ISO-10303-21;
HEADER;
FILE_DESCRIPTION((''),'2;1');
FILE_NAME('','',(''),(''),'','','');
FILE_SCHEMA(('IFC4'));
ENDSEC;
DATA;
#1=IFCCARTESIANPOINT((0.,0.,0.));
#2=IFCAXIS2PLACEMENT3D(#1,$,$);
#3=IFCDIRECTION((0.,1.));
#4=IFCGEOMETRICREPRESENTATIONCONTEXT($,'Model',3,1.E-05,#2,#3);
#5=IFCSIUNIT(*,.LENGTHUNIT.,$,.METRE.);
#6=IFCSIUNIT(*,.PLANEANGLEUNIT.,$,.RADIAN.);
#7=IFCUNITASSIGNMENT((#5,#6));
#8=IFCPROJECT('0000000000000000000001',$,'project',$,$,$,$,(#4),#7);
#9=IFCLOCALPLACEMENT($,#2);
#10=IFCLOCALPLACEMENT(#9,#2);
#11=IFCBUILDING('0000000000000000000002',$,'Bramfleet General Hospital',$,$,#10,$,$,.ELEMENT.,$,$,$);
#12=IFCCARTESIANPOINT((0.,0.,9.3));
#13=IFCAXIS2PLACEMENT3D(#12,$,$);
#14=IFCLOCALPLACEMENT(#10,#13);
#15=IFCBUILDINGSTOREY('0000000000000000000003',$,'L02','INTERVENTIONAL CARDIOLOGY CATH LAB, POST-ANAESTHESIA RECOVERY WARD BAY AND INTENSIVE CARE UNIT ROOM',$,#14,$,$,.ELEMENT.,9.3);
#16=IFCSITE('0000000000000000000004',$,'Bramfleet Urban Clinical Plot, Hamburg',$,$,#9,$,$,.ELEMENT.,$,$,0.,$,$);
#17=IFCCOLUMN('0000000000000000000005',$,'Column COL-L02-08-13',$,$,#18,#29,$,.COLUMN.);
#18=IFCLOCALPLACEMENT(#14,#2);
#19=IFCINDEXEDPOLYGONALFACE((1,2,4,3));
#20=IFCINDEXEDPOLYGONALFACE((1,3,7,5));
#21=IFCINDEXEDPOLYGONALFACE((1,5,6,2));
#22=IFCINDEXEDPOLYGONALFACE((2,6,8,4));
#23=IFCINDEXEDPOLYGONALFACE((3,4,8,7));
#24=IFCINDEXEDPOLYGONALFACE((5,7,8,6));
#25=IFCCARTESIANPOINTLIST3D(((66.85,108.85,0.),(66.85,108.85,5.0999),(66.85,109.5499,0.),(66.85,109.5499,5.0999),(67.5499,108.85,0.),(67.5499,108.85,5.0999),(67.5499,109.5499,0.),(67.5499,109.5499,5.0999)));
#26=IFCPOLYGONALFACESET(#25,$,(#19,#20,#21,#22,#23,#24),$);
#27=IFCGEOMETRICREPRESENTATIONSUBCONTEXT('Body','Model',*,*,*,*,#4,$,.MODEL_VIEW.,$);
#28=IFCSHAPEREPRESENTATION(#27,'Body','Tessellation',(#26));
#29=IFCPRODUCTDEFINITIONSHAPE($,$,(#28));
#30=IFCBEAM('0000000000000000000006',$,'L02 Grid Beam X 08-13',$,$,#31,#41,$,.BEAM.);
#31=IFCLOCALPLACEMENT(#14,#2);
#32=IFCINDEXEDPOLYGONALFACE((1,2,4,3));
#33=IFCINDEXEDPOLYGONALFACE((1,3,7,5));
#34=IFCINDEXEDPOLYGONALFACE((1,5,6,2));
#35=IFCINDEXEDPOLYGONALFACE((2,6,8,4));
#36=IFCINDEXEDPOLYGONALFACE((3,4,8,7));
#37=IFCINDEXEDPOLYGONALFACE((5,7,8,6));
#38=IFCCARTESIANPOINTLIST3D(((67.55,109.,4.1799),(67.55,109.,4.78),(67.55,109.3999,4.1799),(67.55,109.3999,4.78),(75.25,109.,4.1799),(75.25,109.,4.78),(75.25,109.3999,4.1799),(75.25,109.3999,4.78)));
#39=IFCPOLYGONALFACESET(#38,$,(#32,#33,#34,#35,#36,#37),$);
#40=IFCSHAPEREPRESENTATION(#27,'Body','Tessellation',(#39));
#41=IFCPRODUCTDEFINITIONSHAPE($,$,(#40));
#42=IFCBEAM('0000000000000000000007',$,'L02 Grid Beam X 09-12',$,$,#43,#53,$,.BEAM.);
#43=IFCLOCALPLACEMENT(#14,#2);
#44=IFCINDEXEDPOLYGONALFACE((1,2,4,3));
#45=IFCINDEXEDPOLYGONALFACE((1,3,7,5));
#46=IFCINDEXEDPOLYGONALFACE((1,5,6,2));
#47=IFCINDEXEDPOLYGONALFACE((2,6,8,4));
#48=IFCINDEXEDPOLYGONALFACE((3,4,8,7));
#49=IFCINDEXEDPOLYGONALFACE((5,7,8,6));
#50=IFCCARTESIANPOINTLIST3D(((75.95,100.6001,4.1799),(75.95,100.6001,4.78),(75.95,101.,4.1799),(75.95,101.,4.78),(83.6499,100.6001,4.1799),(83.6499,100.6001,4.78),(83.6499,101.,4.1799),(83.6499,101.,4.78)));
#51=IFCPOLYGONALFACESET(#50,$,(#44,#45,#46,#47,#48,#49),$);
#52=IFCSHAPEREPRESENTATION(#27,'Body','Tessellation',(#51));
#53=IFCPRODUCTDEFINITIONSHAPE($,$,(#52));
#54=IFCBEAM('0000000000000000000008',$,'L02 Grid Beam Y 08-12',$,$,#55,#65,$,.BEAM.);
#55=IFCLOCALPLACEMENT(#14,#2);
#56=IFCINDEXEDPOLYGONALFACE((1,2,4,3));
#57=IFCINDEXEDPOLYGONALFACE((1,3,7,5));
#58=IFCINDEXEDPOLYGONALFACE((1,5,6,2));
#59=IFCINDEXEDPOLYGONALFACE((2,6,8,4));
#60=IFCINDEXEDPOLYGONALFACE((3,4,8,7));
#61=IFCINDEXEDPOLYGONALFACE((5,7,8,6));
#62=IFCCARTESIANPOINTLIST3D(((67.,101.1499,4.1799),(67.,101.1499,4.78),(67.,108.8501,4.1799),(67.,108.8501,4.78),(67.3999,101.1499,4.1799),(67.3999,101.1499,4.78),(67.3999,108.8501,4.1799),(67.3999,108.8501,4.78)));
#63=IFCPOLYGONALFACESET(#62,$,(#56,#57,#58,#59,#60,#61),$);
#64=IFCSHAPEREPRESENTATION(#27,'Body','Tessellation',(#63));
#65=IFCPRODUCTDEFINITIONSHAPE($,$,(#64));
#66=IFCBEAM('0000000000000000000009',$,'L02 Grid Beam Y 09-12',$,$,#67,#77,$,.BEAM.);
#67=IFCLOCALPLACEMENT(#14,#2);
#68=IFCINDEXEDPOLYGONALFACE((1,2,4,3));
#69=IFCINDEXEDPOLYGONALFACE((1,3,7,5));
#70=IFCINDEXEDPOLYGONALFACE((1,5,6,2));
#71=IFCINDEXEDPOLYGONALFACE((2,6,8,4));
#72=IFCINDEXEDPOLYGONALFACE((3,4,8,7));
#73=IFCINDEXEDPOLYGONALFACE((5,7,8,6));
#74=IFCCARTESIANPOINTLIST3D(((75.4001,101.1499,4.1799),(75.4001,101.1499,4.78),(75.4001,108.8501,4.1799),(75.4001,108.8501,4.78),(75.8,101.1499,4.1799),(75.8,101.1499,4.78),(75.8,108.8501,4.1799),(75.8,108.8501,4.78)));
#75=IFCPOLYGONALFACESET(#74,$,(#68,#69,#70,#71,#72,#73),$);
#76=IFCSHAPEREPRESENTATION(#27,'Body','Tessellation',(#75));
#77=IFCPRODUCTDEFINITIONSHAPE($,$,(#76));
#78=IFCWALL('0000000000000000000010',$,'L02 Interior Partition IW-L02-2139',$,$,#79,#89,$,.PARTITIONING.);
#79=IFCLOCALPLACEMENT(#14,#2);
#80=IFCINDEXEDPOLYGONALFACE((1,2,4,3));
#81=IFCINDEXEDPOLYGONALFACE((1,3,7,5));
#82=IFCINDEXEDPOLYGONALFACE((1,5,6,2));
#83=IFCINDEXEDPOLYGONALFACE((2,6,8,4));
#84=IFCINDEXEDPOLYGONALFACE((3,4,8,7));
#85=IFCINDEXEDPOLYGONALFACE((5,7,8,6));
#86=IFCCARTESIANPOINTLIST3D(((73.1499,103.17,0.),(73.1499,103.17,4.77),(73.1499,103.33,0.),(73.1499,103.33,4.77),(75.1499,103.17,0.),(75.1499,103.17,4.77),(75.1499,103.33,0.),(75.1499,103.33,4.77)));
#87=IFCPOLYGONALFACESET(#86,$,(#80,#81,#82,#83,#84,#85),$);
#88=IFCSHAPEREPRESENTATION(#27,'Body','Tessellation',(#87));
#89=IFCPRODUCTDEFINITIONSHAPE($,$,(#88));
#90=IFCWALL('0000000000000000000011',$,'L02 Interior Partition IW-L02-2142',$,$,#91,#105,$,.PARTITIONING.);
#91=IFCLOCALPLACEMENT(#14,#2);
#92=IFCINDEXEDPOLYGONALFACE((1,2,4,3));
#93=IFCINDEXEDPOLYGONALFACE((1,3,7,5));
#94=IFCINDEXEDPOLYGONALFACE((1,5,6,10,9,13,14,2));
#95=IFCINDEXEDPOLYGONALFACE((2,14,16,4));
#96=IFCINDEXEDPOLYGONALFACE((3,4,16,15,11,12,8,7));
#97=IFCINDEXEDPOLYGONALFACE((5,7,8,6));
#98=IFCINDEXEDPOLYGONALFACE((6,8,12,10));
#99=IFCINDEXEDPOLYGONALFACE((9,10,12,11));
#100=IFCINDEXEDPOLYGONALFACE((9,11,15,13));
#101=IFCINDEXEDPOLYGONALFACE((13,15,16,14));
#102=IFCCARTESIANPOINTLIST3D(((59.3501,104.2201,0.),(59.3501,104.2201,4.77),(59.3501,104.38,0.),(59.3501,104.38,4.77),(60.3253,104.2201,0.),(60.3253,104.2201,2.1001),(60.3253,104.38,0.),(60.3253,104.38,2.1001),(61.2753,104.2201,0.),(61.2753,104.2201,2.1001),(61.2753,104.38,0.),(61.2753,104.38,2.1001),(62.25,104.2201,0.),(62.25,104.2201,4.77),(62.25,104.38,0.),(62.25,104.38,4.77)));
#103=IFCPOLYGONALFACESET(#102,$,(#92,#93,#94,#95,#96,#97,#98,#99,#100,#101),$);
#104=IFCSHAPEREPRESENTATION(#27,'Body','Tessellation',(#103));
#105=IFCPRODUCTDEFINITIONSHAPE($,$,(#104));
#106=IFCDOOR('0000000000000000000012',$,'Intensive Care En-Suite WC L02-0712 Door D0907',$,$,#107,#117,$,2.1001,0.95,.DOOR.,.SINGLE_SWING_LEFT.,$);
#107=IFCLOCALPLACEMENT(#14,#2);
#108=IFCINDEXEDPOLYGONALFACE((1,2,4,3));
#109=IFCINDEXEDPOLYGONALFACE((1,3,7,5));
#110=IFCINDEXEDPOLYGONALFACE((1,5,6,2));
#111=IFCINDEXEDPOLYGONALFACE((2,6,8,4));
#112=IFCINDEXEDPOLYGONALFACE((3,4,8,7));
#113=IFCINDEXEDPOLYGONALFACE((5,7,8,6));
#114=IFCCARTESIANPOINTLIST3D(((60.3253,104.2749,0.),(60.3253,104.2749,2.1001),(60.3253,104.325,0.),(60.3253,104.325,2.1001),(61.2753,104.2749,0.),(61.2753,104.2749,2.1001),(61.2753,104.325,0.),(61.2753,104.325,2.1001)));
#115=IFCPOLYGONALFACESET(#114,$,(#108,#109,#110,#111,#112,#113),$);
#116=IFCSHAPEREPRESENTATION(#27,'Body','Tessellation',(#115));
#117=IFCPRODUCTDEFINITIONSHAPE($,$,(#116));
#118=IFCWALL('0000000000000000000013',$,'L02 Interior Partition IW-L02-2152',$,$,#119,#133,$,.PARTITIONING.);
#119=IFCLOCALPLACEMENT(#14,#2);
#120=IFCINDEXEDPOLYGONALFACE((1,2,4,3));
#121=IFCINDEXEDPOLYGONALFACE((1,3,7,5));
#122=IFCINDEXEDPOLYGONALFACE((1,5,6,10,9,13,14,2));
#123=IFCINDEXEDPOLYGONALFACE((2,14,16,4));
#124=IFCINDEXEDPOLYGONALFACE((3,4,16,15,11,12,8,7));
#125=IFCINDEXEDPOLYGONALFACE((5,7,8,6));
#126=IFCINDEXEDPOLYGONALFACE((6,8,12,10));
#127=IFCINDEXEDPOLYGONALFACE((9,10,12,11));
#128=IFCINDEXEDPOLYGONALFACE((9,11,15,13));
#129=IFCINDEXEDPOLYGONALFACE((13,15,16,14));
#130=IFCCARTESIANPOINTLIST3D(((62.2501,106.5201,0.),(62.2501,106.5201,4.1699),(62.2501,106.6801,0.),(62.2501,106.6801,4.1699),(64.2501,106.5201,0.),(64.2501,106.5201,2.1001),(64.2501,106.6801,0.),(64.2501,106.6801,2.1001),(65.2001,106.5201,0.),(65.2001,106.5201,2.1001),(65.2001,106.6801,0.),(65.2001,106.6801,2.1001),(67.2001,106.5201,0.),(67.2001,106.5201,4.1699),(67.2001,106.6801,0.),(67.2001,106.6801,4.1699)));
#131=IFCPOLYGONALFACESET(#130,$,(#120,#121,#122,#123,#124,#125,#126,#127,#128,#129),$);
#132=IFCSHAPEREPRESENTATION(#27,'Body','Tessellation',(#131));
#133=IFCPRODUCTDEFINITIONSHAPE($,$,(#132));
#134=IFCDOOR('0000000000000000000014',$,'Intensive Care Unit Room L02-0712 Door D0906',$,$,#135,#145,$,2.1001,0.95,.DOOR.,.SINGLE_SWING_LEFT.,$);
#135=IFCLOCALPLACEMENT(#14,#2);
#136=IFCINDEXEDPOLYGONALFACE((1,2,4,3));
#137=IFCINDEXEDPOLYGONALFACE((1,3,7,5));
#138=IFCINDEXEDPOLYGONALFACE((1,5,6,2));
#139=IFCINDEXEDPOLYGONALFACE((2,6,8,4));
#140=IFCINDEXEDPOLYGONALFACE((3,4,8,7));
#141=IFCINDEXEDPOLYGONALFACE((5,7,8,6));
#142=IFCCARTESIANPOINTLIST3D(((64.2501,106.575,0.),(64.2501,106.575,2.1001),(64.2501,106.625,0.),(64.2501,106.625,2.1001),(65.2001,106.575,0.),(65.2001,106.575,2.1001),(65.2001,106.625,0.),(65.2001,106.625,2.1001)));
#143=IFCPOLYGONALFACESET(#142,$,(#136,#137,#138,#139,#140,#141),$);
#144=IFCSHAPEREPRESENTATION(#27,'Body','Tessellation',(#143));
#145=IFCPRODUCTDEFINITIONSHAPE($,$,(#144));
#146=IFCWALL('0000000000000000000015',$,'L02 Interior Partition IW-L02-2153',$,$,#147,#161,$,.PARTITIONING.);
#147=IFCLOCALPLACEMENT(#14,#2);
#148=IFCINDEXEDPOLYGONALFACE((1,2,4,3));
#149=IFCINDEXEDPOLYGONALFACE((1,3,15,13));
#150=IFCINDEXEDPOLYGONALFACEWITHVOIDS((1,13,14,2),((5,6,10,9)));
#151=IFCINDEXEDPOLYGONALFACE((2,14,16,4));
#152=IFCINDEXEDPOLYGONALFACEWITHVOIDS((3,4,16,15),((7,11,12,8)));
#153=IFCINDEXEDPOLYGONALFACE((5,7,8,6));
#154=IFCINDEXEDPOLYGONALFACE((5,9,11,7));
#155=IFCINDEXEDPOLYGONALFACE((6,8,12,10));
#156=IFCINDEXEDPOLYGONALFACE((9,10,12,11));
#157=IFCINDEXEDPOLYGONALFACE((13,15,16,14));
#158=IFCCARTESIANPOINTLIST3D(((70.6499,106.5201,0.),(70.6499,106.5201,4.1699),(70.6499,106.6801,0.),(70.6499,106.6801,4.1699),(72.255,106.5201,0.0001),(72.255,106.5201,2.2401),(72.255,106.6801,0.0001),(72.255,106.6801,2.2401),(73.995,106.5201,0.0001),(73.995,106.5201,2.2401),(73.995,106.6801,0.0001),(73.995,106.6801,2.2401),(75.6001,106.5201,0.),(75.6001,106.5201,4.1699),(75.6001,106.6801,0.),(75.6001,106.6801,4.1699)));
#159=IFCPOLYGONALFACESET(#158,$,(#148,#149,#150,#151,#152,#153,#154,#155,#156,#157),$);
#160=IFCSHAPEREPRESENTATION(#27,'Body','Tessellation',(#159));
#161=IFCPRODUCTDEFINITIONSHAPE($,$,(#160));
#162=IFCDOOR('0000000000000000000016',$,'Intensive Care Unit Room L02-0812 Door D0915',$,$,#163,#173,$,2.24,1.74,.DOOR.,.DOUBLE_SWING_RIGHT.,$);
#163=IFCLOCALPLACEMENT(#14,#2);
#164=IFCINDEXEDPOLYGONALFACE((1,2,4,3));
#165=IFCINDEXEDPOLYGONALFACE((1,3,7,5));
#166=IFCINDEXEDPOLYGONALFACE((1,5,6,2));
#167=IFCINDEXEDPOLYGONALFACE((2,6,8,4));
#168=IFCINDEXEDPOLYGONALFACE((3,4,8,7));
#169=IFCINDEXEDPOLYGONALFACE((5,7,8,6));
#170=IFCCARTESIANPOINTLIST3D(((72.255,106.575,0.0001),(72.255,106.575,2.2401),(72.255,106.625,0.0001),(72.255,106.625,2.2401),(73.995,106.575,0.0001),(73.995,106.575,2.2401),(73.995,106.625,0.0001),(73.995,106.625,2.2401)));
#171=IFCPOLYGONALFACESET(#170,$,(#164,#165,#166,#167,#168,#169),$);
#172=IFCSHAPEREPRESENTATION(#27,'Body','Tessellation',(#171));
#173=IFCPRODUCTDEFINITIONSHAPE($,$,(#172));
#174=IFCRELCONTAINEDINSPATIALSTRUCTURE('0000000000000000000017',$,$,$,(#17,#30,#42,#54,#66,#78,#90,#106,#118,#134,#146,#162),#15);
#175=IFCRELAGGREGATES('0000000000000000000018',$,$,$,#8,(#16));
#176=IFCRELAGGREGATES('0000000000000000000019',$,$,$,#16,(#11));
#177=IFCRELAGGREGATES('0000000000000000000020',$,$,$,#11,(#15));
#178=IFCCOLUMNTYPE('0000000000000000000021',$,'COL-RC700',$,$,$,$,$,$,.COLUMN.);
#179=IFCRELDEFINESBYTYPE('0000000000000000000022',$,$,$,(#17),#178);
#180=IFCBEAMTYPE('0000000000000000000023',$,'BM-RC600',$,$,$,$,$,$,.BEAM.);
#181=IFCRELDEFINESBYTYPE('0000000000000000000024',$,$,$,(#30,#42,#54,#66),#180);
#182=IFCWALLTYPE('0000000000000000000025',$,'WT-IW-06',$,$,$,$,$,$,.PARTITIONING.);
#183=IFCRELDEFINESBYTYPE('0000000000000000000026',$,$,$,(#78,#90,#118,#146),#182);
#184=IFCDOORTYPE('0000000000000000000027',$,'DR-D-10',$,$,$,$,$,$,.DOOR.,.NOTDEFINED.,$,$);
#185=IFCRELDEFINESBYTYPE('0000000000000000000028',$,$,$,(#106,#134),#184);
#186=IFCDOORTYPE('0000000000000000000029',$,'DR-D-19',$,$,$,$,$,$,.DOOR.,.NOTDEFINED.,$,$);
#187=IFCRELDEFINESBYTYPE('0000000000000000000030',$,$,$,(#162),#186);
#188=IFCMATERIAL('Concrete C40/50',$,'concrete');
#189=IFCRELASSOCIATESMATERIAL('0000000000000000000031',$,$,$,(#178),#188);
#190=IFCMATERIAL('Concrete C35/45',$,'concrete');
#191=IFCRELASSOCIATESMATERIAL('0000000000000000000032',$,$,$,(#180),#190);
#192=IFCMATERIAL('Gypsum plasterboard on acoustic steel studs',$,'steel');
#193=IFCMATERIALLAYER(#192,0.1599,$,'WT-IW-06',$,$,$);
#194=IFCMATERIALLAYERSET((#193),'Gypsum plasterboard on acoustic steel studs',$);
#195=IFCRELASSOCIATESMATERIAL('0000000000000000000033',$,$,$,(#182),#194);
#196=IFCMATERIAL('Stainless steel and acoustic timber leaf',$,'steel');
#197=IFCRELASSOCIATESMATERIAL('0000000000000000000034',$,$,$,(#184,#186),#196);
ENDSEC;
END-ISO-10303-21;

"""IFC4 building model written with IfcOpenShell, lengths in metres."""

from ifc_helpers import new_model, si_unit, direction, frame, frame_2d, origin, origin_2d, place, context, subcontext, project, spatial, rectangle, extrude, material, layer, layer_set, material_profile, profile_set, type_object, element, fill, save


model = new_model("IFC4")

# Units and contexts
model_context = context("Model", 3, precision=1e-05, world=origin(), true_north=direction((0.0, 1.0)))
body_context = subcontext(model_context, "Body", "Model", "MODEL_VIEW")
ifc_project = project(units=[si_unit("LENGTHUNIT", "METRE"), si_unit("PLANEANGLEUNIT", "RADIAN")], contexts=[model_context])

# Site, building, storey
site_placement = place(None, origin())
site = spatial("IfcSite", under=ifc_project, at=site_placement, Name="Bramfleet Urban Clinical Plot, Hamburg", CompositionType="ELEMENT", RefElevation=0.0)
building_placement = place(site_placement, origin())
building = spatial("IfcBuilding", under=site, at=building_placement, Name="Bramfleet General Hospital", CompositionType="ELEMENT")
storey_placement = place(building_placement, frame((0.0, 0.0, 9.3)))
storey = spatial("IfcBuildingStorey", under=building, at=storey_placement, Name="L02", Description="INTERVENTIONAL CARDIOLOGY CATH LAB, POST-ANAESTHESIA RECOVERY WARD BAY AND INTENSIVE CARE UNIT ROOM", CompositionType="ELEMENT", Elevation=9.3)

# Column
ifc_material_1 = material(Name="Concrete C40/50", Category="concrete")
ifc_material_profile_1 = material_profile(ifc_material_1, rectangle(XDim=0.7, YDim=0.7, at=origin_2d()), Name="RC COL 700x700")
ifc_profile_set_1 = profile_set([ifc_material_profile_1], Name="Concrete C40/50")
column_type = type_object("IfcColumnType", Name="COL-RC700", PredefinedType="COLUMN", material=ifc_profile_set_1)
column_placement = place(storey_placement, frame((67.2, 109.2, 0.0), z_axis=(0.0, 0.0, 1.0), x_axis=(1.0, 0.0, 0.0)))
element("IfcColumn", 1, at=column_placement, inside=storey, type_object=column_type, Name="Column COL-L02-08-13", PredefinedType="COLUMN", context=body_context, shape_type="SweptSolid", body=[
    extrude(rectangle(XDim=0.7, YDim=0.7, at=origin_2d()), origin(), (0.0, 0.0, 1.0), 5.0999),
])

# Beams
ifc_material_2 = material(Name="Concrete C35/45", Category="concrete")
ifc_material_profile_2 = material_profile(ifc_material_2, rectangle(XDim=0.3999, YDim=0.6001, at=origin_2d()), Name="RC BM 600x400")
ifc_profile_set_2 = profile_set([ifc_material_profile_2], Name="Concrete C35/45")
beam_type = type_object("IfcBeamType", Name="BM-RC600", PredefinedType="BEAM", material=ifc_profile_set_2)
for number, where, z_axis, x_axis, name in (
    (2, (67.55, 109.2, 4.48), (1.0, 0.0, 0.0), (0.0, 1.0, 0.0), "L02 Grid Beam X 08-13"),
    (3, (75.95, 100.8, 4.48), (1.0, 0.0, 0.0), (0.0, 1.0, 0.0), "L02 Grid Beam X 09-12"),
):
    element("IfcBeam", number, at=place(storey_placement, frame(where, z_axis=z_axis, x_axis=x_axis)), inside=storey, type_object=beam_type, Name=name, PredefinedType="BEAM", context=body_context, shape_type="SweptSolid", body=[
        extrude(rectangle(XDim=0.3999, YDim=0.6001, at=origin_2d()), origin(), (0.0, 0.0, 1.0), 7.7),
    ])
for number, where, z_axis, x_axis, name in (
    (4, (67.2, 101.1499, 4.48), (0.0, 1.0, 0.0), (-1.0, 0.0, 0.0), "L02 Grid Beam Y 08-12"),
    (5, (75.6001, 101.1499, 4.48), (0.0, 1.0, 0.0), (-1.0, 0.0, 0.0), "L02 Grid Beam Y 09-12"),
):
    element("IfcBeam", number, at=place(storey_placement, frame(where, z_axis=z_axis, x_axis=x_axis)), inside=storey, type_object=beam_type, Name=name, PredefinedType="BEAM", context=body_context, shape_type="SweptSolid", body=[
        extrude(rectangle(XDim=0.3999, YDim=0.6001, at=origin_2d()), origin(), (0.0, 0.0, 1.0), 7.7002),
    ])

# Wall
ifc_material_3 = material(Name="Gypsum plasterboard on acoustic steel studs", Category="steel")
ifc_layer_1 = layer(ifc_material_3, 0.1599, Name="WT-IW-06")
ifc_layer_set_1 = layer_set([ifc_layer_1], Name="Gypsum plasterboard on acoustic steel studs")
wall_type_1 = type_object("IfcWallType", Name="WT-IW-06", PredefinedType="PARTITIONING", material=ifc_layer_set_1)
wall_1_placement = place(storey_placement, frame((73.1499, 103.25, 0.0), z_axis=(0.0, 0.0, 1.0), x_axis=(1.0, 0.0, 0.0)))
element("IfcWall", 6, at=wall_1_placement, inside=storey, type_object=wall_type_1, Name="L02 Interior Partition IW-L02-2139", PredefinedType="PARTITIONING", context=body_context, shape_type="SweptSolid", body=[
    extrude(rectangle(XDim=2.0, YDim=0.1599, at=frame_2d((1.0, 0.0))), origin(), (0.0, 0.0, 1.0), 4.77),
])

# Walls, openings, doors
wall_2_placement = place(storey_placement, frame((59.3501, 104.3, 0.0), z_axis=(0.0, 0.0, 1.0), x_axis=(1.0, 0.0, 0.0)))
wall_2 = element("IfcWall", 7, at=wall_2_placement, inside=storey, type_object=wall_type_1, Name="L02 Interior Partition IW-L02-2142", PredefinedType="PARTITIONING", context=body_context, shape_type="SweptSolid", body=[
    extrude(rectangle(XDim=2.8999, YDim=0.1599, at=frame_2d((1.45, 0.0))), origin(), (0.0, 0.0, 1.0), 4.77),
])
opening_1_placement = place(wall_2_placement, frame((0.9751, 0.0, 0.0)))
opening_1 = element("IfcOpeningElement", 8, at=opening_1_placement, cuts=wall_2, PredefinedType="OPENING", context=body_context, shape_type="SweptSolid", body=[
    extrude(rectangle(XDim=0.95, YDim=2.1001, at=frame_2d((0.4751, 1.05))), frame((0.0, 0.0898, 0.0), z_axis=(0.0, -1.0, 0.0), x_axis=(1.0, 0.0, 0.0)), (0.0, 0.0, 1.0), 0.1799),
])
ifc_material_4 = material(Name="Stainless steel and acoustic timber leaf", Category="steel")
door_type_1 = type_object("IfcDoorType", Name="DR-D-10", OperationType="NOTDEFINED", PredefinedType="DOOR", material=ifc_material_4)
door_1_placement = place(opening_1_placement, origin())
door_1 = element("IfcDoor", 9, at=door_1_placement, inside=storey, type_object=door_type_1, Name="Intensive Care En-Suite WC L02-0712 Door D0907", OperationType="SINGLE_SWING_LEFT", OverallHeight=2.1001, OverallWidth=0.95, PredefinedType="DOOR", context=body_context, shape_type="SweptSolid", body=[
    extrude(rectangle(XDim=0.95, YDim=2.1001, at=frame_2d((0.4751, 1.05))), frame((0.0, 0.0249, 0.0), z_axis=(0.0, -1.0, 0.0), x_axis=(1.0, 0.0, 0.0)), (0.0, 0.0, 1.0), 0.05),
])
fill(opening_1, door_1)
wall_3_placement = place(storey_placement, frame((62.25, 106.6001, 0.0), z_axis=(0.0, 0.0, 1.0), x_axis=(1.0, 0.0, 0.0)))
wall_3 = element("IfcWall", 10, at=wall_3_placement, inside=storey, type_object=wall_type_1, Name="L02 Interior Partition IW-L02-2152", PredefinedType="PARTITIONING", context=body_context, shape_type="SweptSolid", body=[
    extrude(rectangle(XDim=4.95, YDim=0.1599, at=frame_2d((2.4751, 0.0))), origin(), (0.0, 0.0, 1.0), 4.1699),
])
opening_2_placement = place(wall_3_placement, frame((2.0, 0.0, 0.0)))
opening_2 = element("IfcOpeningElement", 11, at=opening_2_placement, cuts=wall_3, PredefinedType="OPENING", context=body_context, shape_type="SweptSolid", body=[
    extrude(rectangle(XDim=0.95, YDim=2.1001, at=frame_2d((0.4751, 1.05))), frame((0.0, 0.0898, 0.0), z_axis=(0.0, -1.0, 0.0), x_axis=(1.0, 0.0, 0.0)), (0.0, 0.0, 1.0), 0.1799),
])
door_2_placement = place(opening_2_placement, origin())
door_2 = element("IfcDoor", 12, at=door_2_placement, inside=storey, type_object=door_type_1, Name="Intensive Care Unit Room L02-0712 Door D0906", OperationType="SINGLE_SWING_LEFT", OverallHeight=2.1001, OverallWidth=0.95, PredefinedType="DOOR", context=body_context, shape_type="SweptSolid", body=[
    extrude(rectangle(XDim=0.95, YDim=2.1001, at=frame_2d((0.4751, 1.05))), frame((0.0, 0.0249, 0.0), z_axis=(0.0, -1.0, 0.0), x_axis=(1.0, 0.0, 0.0)), (0.0, 0.0, 1.0), 0.05),
])
fill(opening_2, door_2)
wall_4_placement = place(storey_placement, frame((70.6499, 106.6001, 0.0), z_axis=(0.0, 0.0, 1.0), x_axis=(1.0, 0.0, 0.0)))
wall_4 = element("IfcWall", 13, at=wall_4_placement, inside=storey, type_object=wall_type_1, Name="L02 Interior Partition IW-L02-2153", PredefinedType="PARTITIONING", context=body_context, shape_type="SweptSolid", body=[
    extrude(rectangle(XDim=4.9502, YDim=0.1599, at=frame_2d((2.4751, 0.0))), origin(), (0.0, 0.0, 1.0), 4.1699),
])
opening_3_placement = place(wall_4_placement, frame((1.605, 0.0, 0.0)))
opening_3 = element("IfcOpeningElement", 14, at=opening_3_placement, cuts=wall_4, PredefinedType="OPENING", context=body_context, shape_type="SweptSolid", body=[
    extrude(rectangle(XDim=1.74, YDim=2.24, at=frame_2d((0.8701, 1.1201))), frame((0.0, 0.0898, 0.0), z_axis=(0.0, -1.0, 0.0), x_axis=(1.0, 0.0, 0.0)), (0.0, 0.0, 1.0), 0.1799),
])
door_type_2 = type_object("IfcDoorType", Name="DR-D-19", OperationType="NOTDEFINED", PredefinedType="DOOR", material=ifc_material_4)
door_3_placement = place(opening_3_placement, origin())
door_3 = element("IfcDoor", 15, at=door_3_placement, inside=storey, type_object=door_type_2, Name="Intensive Care Unit Room L02-0812 Door D0915", OperationType="DOUBLE_SWING_RIGHT", OverallHeight=2.24, OverallWidth=1.74, PredefinedType="DOOR", context=body_context, shape_type="SweptSolid", body=[
    extrude(rectangle(XDim=1.74, YDim=2.24, at=frame_2d((0.8701, 1.1201))), frame((0.0, 0.0249, 0.0), z_axis=(0.0, -1.0, 0.0), x_axis=(1.0, 0.0, 0.0)), (0.0, 0.0, 1.0), 0.05),
])
fill(opening_3, door_3)

save(model, "model.ifc")
